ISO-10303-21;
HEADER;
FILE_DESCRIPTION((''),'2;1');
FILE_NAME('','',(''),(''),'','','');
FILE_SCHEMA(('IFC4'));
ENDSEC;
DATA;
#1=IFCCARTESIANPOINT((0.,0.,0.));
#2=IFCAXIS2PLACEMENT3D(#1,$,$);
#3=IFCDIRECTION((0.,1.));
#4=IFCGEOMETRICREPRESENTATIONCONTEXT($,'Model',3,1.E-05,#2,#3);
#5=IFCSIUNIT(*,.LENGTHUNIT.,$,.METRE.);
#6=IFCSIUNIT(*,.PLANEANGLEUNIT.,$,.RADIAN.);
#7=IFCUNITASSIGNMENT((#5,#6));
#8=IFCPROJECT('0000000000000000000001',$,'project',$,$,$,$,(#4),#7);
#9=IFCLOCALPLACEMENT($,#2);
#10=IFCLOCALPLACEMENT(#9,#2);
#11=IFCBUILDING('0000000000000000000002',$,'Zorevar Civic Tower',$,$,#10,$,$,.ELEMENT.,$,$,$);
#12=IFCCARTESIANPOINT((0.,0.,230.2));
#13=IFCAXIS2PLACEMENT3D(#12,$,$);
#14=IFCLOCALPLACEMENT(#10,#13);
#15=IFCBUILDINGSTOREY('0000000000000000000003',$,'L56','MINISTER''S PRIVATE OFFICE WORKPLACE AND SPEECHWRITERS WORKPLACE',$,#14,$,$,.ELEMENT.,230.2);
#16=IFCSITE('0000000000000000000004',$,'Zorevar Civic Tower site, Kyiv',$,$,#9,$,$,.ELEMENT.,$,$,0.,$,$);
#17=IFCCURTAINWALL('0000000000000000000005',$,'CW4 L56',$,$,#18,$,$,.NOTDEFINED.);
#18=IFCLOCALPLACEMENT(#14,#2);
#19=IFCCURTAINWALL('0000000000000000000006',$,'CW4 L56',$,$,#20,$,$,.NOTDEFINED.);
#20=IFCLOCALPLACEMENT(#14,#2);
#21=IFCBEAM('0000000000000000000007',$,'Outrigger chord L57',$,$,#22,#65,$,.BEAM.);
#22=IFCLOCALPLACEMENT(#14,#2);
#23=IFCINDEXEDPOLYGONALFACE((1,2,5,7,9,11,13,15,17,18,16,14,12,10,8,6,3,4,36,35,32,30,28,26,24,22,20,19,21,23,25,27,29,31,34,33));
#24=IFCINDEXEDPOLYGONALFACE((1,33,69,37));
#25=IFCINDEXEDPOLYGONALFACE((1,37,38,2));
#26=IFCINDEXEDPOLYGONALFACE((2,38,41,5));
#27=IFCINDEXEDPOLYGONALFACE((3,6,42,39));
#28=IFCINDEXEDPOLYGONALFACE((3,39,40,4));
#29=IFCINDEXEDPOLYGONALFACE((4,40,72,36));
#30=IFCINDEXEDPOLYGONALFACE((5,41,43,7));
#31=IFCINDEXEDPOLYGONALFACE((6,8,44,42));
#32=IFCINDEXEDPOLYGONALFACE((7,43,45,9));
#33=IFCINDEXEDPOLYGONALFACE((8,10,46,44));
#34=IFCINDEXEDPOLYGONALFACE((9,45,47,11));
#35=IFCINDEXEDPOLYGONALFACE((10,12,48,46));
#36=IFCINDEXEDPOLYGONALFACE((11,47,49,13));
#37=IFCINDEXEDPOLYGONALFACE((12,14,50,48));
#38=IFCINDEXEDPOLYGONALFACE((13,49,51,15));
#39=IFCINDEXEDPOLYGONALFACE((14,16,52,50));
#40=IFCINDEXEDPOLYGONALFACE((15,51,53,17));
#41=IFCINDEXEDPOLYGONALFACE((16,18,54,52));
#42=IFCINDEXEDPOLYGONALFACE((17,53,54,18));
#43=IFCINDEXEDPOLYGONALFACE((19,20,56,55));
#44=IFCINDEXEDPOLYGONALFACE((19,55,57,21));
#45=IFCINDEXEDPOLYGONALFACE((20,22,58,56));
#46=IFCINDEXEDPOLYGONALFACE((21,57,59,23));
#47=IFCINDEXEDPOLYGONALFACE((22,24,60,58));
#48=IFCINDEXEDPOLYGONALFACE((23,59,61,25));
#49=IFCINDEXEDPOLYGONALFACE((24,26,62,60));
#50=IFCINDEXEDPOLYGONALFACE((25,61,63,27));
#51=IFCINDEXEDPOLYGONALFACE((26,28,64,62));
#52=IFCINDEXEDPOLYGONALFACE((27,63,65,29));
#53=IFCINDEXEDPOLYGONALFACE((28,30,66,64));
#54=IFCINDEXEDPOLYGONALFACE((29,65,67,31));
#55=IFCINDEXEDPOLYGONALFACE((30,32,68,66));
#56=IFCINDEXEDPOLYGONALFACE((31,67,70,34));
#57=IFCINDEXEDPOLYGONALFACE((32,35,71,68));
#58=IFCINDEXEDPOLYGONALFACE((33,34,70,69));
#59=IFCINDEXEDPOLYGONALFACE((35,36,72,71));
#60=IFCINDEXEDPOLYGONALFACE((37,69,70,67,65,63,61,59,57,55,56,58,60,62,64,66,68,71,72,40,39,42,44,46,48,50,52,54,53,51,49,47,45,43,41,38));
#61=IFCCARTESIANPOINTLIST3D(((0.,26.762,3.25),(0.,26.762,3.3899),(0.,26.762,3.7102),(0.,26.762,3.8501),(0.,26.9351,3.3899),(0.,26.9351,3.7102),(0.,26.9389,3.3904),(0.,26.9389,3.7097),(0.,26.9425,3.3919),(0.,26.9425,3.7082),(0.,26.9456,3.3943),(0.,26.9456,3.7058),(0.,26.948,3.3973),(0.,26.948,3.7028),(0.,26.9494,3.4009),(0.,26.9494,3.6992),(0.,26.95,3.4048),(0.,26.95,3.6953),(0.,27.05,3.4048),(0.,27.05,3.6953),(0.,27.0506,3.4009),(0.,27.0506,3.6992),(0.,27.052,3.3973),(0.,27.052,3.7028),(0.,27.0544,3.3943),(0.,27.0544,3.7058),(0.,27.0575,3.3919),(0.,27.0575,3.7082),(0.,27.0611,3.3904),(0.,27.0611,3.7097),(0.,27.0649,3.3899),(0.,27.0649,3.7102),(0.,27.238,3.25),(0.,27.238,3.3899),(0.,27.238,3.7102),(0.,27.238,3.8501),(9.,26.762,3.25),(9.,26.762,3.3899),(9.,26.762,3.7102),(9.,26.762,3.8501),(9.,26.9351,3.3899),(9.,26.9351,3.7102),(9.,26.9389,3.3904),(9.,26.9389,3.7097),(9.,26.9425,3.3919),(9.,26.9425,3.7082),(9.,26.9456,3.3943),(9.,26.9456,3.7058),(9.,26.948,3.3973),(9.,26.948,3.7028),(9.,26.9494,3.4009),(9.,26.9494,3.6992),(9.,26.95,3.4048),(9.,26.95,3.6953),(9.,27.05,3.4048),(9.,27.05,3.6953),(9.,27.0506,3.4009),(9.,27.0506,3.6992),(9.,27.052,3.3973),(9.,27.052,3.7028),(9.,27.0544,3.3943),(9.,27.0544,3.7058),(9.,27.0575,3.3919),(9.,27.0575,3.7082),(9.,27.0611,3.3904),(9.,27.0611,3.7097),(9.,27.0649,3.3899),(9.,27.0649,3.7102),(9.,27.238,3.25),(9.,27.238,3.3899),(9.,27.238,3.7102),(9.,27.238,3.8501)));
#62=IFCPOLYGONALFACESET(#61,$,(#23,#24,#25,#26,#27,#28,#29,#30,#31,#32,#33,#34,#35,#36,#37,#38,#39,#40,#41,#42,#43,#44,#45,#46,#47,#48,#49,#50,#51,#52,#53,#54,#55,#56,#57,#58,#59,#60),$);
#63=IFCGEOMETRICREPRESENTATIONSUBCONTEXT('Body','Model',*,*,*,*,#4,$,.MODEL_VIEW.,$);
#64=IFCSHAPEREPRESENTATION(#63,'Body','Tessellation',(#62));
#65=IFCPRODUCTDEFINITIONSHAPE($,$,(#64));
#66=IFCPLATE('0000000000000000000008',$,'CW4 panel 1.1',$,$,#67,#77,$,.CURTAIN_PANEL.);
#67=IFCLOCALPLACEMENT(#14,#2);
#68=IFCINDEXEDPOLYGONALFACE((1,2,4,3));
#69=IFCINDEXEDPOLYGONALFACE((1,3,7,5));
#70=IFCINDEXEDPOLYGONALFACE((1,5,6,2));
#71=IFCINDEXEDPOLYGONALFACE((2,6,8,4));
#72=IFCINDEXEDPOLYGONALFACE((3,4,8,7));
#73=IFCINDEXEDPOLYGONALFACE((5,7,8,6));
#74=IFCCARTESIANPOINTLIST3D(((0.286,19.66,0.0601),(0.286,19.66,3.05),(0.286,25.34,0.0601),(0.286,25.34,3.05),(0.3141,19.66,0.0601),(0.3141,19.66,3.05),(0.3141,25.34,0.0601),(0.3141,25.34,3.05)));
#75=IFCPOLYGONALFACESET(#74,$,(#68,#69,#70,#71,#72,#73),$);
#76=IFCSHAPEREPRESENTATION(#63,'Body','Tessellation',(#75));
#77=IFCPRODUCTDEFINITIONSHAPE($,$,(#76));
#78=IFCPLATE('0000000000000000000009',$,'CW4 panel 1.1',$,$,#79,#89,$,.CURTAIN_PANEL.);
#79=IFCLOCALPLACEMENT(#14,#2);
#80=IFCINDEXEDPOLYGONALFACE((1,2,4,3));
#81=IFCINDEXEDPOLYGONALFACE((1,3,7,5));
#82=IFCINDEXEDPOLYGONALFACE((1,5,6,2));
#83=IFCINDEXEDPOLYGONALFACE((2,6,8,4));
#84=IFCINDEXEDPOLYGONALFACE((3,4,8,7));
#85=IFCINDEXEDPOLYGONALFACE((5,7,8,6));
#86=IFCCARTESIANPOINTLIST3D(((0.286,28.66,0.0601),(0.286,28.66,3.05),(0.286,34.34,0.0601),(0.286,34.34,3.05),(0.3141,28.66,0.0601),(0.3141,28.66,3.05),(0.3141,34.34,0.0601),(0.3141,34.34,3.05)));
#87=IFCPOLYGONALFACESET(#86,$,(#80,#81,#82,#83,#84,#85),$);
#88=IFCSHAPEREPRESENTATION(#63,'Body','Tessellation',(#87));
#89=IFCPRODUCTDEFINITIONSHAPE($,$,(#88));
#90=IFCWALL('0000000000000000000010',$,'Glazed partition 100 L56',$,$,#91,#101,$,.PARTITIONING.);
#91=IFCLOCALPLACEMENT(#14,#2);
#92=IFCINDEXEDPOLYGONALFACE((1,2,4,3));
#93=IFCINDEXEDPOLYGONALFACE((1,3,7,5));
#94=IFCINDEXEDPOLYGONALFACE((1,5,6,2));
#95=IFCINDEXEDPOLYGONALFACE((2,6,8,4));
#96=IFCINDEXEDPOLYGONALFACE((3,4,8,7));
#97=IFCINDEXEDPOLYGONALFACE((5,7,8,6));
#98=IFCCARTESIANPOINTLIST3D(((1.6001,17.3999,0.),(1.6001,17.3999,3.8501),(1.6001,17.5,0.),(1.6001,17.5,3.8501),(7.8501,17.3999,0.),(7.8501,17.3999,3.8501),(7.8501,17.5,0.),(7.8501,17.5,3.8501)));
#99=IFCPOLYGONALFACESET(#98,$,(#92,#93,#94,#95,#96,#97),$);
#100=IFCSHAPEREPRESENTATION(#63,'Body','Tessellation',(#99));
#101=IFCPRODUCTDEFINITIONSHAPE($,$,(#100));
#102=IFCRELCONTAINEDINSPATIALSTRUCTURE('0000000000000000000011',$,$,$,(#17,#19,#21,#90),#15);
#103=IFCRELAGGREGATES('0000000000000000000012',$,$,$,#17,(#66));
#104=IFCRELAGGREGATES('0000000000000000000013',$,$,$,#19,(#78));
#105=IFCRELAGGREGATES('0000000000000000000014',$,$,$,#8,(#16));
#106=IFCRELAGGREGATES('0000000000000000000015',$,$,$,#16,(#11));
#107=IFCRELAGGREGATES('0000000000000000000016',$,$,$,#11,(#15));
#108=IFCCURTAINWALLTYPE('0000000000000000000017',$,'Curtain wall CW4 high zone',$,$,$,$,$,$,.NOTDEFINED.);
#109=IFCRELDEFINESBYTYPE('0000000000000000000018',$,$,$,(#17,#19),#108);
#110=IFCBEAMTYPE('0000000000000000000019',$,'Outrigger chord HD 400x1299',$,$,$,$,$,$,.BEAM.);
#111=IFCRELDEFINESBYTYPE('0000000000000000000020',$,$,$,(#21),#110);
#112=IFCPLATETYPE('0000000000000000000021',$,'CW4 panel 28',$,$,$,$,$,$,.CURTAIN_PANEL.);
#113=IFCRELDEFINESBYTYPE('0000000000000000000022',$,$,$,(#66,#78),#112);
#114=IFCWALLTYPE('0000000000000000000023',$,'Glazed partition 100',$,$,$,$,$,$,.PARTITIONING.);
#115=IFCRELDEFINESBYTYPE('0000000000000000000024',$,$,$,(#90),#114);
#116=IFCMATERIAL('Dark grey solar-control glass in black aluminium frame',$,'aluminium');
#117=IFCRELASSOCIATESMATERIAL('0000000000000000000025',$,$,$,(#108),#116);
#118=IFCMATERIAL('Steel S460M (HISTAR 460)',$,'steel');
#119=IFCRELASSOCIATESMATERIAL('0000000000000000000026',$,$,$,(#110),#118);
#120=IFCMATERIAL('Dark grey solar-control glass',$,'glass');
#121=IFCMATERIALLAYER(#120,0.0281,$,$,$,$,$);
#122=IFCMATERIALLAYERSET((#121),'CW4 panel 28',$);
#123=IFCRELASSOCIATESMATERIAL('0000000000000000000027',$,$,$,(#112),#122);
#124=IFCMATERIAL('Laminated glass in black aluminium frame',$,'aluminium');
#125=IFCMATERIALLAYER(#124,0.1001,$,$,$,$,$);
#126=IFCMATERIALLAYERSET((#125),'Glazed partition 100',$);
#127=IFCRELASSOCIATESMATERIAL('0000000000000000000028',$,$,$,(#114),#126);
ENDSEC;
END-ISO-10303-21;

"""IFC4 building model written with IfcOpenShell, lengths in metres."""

from ifc_helpers import new_model, si_unit, direction, frame, frame_2d, origin, origin_2d, place, context, subcontext, project, spatial, rectangle, i_section, extrude, material, layer, layer_set, material_profile, profile_set, type_object, element, aggregate, save


model = new_model("IFC4")

# Units and contexts
model_context = context("Model", 3, precision=1e-05, world=origin(), true_north=direction((0.0, 1.0)))
body_context = subcontext(model_context, "Body", "Model", "MODEL_VIEW")
ifc_project = project(units=[si_unit("LENGTHUNIT", "METRE"), si_unit("PLANEANGLEUNIT", "RADIAN")], contexts=[model_context])

# Site, building, storey
site_placement = place(None, origin())
site = spatial("IfcSite", under=ifc_project, at=site_placement, Name="Zorevar Civic Tower site, Kyiv", CompositionType="ELEMENT", RefElevation=0.0)
building_placement = place(site_placement, origin())
building = spatial("IfcBuilding", under=site, at=building_placement, Name="Zorevar Civic Tower", CompositionType="ELEMENT")
storey_placement = place(building_placement, frame((0.0, 0.0, 230.2)))
storey = spatial("IfcBuildingStorey", under=building, at=storey_placement, Name="L56", Description="MINISTER'S PRIVATE OFFICE WORKPLACE AND SPEECHWRITERS WORKPLACE", CompositionType="ELEMENT", Elevation=230.2)

# Shared definitions
ifc_material_1 = material(Name="Dark grey solar-control glass in black aluminium frame", Category="aluminium")
curtain_wall_type = type_object("IfcCurtainWallType", Name="Curtain wall CW4 high zone", PredefinedType="NOTDEFINED", material=ifc_material_1)

# Curtain wall
curtain_wall_1_placement = place(storey_placement, origin())
curtain_wall_1 = element("IfcCurtainWall", 1, at=curtain_wall_1_placement, inside=storey, type_object=curtain_wall_type, Name="CW4 L56", PredefinedType="NOTDEFINED")

# Curtain wall
curtain_wall_2_placement = place(storey_placement, origin())
curtain_wall_2 = element("IfcCurtainWall", 2, at=curtain_wall_2_placement, inside=storey, type_object=curtain_wall_type, Name="CW4 L56", PredefinedType="NOTDEFINED")

# Beam
ifc_material_2 = material(Name="Steel S460M (HISTAR 460)", Category="steel")
ifc_material_profile_1 = material_profile(ifc_material_2, i_section(OverallWidth=0.4761, OverallDepth=0.6001, WebThickness=0.1001, FlangeThickness=0.1399, FilletRadius=0.0149, at=origin_2d()), Name="HD 400x1299")
ifc_profile_set_1 = profile_set([ifc_material_profile_1], Name="Steel S460M (HISTAR 460)")
beam_type_1 = type_object("IfcBeamType", Name="Outrigger chord HD 400x1299", PredefinedType="BEAM", material=ifc_profile_set_1)
beam_1_placement = place(storey_placement, frame((0.0, 27.0, 3.55), z_axis=(1.0, 0.0, 0.0), x_axis=(0.0, 1.0, 0.0)))
element("IfcBeam", 3, at=beam_1_placement, inside=storey, type_object=beam_type_1, Name="Outrigger chord L57", PredefinedType="BEAM", context=body_context, shape_type="SweptSolid", body=[
    extrude(i_section(OverallWidth=0.4761, OverallDepth=0.6001, WebThickness=0.1001, FlangeThickness=0.1399, FilletRadius=0.0149, at=origin_2d()), origin(), (0.0, 0.0, 1.0), 9.0),
])

# Plates
ifc_material_3 = material(Name="Dark grey solar-control glass", Category="glass")
ifc_layer_1 = layer(ifc_material_3, 0.0281)
ifc_layer_set_1 = layer_set([ifc_layer_1], Name="CW4 panel 28")
plate_type = type_object("IfcPlateType", Name="CW4 panel 28", PredefinedType="CURTAIN_PANEL", material=ifc_layer_set_1)
plate_1_placement = place(storey_placement, frame((0.3, 22.5, 0.0601), z_axis=(0.0, 0.0, 1.0), x_axis=(0.0, 1.0, 0.0)))
plate_1 = element("IfcPlate", 4, at=plate_1_placement, type_object=plate_type, Name="CW4 panel 1.1", PredefinedType="CURTAIN_PANEL", context=body_context, shape_type="SweptSolid", body=[
    extrude(rectangle(XDim=5.6799, YDim=0.0281, at=origin_2d()), origin(), (0.0, 0.0, 1.0), 2.99),
])
aggregate(curtain_wall_1, [plate_1])
plate_2_placement = place(storey_placement, frame((0.3, 31.5, 0.0601), z_axis=(0.0, 0.0, 1.0), x_axis=(0.0, 1.0, 0.0)))
plate_2 = element("IfcPlate", 5, at=plate_2_placement, type_object=plate_type, Name="CW4 panel 1.1", PredefinedType="CURTAIN_PANEL", context=body_context, shape_type="SweptSolid", body=[
    extrude(rectangle(XDim=5.6799, YDim=0.0281, at=origin_2d()), origin(), (0.0, 0.0, 1.0), 2.99),
])
aggregate(curtain_wall_2, [plate_2])

# Wall
ifc_material_4 = material(Name="Laminated glass in black aluminium frame", Category="aluminium")
ifc_layer_2 = layer(ifc_material_4, 0.1001)
ifc_layer_set_2 = layer_set([ifc_layer_2], Name="Glazed partition 100")
wall_type = type_object("IfcWallType", Name="Glazed partition 100", PredefinedType="PARTITIONING", material=ifc_layer_set_2)
wall_placement = place(storey_placement, frame((1.6001, 17.45, 0.0), z_axis=(0.0, 0.0, 1.0), x_axis=(1.0, 0.0, 0.0)))
element("IfcWall", 6, at=wall_placement, inside=storey, type_object=wall_type, Name="Glazed partition 100 L56", PredefinedType="PARTITIONING", context=body_context, shape_type="SweptSolid", body=[
    extrude(rectangle(XDim=6.25, YDim=0.1001, at=frame_2d((3.125, 0.0))), origin(), (0.0, 0.0, 1.0), 3.8501),
])

save(model, "model.ifc")
